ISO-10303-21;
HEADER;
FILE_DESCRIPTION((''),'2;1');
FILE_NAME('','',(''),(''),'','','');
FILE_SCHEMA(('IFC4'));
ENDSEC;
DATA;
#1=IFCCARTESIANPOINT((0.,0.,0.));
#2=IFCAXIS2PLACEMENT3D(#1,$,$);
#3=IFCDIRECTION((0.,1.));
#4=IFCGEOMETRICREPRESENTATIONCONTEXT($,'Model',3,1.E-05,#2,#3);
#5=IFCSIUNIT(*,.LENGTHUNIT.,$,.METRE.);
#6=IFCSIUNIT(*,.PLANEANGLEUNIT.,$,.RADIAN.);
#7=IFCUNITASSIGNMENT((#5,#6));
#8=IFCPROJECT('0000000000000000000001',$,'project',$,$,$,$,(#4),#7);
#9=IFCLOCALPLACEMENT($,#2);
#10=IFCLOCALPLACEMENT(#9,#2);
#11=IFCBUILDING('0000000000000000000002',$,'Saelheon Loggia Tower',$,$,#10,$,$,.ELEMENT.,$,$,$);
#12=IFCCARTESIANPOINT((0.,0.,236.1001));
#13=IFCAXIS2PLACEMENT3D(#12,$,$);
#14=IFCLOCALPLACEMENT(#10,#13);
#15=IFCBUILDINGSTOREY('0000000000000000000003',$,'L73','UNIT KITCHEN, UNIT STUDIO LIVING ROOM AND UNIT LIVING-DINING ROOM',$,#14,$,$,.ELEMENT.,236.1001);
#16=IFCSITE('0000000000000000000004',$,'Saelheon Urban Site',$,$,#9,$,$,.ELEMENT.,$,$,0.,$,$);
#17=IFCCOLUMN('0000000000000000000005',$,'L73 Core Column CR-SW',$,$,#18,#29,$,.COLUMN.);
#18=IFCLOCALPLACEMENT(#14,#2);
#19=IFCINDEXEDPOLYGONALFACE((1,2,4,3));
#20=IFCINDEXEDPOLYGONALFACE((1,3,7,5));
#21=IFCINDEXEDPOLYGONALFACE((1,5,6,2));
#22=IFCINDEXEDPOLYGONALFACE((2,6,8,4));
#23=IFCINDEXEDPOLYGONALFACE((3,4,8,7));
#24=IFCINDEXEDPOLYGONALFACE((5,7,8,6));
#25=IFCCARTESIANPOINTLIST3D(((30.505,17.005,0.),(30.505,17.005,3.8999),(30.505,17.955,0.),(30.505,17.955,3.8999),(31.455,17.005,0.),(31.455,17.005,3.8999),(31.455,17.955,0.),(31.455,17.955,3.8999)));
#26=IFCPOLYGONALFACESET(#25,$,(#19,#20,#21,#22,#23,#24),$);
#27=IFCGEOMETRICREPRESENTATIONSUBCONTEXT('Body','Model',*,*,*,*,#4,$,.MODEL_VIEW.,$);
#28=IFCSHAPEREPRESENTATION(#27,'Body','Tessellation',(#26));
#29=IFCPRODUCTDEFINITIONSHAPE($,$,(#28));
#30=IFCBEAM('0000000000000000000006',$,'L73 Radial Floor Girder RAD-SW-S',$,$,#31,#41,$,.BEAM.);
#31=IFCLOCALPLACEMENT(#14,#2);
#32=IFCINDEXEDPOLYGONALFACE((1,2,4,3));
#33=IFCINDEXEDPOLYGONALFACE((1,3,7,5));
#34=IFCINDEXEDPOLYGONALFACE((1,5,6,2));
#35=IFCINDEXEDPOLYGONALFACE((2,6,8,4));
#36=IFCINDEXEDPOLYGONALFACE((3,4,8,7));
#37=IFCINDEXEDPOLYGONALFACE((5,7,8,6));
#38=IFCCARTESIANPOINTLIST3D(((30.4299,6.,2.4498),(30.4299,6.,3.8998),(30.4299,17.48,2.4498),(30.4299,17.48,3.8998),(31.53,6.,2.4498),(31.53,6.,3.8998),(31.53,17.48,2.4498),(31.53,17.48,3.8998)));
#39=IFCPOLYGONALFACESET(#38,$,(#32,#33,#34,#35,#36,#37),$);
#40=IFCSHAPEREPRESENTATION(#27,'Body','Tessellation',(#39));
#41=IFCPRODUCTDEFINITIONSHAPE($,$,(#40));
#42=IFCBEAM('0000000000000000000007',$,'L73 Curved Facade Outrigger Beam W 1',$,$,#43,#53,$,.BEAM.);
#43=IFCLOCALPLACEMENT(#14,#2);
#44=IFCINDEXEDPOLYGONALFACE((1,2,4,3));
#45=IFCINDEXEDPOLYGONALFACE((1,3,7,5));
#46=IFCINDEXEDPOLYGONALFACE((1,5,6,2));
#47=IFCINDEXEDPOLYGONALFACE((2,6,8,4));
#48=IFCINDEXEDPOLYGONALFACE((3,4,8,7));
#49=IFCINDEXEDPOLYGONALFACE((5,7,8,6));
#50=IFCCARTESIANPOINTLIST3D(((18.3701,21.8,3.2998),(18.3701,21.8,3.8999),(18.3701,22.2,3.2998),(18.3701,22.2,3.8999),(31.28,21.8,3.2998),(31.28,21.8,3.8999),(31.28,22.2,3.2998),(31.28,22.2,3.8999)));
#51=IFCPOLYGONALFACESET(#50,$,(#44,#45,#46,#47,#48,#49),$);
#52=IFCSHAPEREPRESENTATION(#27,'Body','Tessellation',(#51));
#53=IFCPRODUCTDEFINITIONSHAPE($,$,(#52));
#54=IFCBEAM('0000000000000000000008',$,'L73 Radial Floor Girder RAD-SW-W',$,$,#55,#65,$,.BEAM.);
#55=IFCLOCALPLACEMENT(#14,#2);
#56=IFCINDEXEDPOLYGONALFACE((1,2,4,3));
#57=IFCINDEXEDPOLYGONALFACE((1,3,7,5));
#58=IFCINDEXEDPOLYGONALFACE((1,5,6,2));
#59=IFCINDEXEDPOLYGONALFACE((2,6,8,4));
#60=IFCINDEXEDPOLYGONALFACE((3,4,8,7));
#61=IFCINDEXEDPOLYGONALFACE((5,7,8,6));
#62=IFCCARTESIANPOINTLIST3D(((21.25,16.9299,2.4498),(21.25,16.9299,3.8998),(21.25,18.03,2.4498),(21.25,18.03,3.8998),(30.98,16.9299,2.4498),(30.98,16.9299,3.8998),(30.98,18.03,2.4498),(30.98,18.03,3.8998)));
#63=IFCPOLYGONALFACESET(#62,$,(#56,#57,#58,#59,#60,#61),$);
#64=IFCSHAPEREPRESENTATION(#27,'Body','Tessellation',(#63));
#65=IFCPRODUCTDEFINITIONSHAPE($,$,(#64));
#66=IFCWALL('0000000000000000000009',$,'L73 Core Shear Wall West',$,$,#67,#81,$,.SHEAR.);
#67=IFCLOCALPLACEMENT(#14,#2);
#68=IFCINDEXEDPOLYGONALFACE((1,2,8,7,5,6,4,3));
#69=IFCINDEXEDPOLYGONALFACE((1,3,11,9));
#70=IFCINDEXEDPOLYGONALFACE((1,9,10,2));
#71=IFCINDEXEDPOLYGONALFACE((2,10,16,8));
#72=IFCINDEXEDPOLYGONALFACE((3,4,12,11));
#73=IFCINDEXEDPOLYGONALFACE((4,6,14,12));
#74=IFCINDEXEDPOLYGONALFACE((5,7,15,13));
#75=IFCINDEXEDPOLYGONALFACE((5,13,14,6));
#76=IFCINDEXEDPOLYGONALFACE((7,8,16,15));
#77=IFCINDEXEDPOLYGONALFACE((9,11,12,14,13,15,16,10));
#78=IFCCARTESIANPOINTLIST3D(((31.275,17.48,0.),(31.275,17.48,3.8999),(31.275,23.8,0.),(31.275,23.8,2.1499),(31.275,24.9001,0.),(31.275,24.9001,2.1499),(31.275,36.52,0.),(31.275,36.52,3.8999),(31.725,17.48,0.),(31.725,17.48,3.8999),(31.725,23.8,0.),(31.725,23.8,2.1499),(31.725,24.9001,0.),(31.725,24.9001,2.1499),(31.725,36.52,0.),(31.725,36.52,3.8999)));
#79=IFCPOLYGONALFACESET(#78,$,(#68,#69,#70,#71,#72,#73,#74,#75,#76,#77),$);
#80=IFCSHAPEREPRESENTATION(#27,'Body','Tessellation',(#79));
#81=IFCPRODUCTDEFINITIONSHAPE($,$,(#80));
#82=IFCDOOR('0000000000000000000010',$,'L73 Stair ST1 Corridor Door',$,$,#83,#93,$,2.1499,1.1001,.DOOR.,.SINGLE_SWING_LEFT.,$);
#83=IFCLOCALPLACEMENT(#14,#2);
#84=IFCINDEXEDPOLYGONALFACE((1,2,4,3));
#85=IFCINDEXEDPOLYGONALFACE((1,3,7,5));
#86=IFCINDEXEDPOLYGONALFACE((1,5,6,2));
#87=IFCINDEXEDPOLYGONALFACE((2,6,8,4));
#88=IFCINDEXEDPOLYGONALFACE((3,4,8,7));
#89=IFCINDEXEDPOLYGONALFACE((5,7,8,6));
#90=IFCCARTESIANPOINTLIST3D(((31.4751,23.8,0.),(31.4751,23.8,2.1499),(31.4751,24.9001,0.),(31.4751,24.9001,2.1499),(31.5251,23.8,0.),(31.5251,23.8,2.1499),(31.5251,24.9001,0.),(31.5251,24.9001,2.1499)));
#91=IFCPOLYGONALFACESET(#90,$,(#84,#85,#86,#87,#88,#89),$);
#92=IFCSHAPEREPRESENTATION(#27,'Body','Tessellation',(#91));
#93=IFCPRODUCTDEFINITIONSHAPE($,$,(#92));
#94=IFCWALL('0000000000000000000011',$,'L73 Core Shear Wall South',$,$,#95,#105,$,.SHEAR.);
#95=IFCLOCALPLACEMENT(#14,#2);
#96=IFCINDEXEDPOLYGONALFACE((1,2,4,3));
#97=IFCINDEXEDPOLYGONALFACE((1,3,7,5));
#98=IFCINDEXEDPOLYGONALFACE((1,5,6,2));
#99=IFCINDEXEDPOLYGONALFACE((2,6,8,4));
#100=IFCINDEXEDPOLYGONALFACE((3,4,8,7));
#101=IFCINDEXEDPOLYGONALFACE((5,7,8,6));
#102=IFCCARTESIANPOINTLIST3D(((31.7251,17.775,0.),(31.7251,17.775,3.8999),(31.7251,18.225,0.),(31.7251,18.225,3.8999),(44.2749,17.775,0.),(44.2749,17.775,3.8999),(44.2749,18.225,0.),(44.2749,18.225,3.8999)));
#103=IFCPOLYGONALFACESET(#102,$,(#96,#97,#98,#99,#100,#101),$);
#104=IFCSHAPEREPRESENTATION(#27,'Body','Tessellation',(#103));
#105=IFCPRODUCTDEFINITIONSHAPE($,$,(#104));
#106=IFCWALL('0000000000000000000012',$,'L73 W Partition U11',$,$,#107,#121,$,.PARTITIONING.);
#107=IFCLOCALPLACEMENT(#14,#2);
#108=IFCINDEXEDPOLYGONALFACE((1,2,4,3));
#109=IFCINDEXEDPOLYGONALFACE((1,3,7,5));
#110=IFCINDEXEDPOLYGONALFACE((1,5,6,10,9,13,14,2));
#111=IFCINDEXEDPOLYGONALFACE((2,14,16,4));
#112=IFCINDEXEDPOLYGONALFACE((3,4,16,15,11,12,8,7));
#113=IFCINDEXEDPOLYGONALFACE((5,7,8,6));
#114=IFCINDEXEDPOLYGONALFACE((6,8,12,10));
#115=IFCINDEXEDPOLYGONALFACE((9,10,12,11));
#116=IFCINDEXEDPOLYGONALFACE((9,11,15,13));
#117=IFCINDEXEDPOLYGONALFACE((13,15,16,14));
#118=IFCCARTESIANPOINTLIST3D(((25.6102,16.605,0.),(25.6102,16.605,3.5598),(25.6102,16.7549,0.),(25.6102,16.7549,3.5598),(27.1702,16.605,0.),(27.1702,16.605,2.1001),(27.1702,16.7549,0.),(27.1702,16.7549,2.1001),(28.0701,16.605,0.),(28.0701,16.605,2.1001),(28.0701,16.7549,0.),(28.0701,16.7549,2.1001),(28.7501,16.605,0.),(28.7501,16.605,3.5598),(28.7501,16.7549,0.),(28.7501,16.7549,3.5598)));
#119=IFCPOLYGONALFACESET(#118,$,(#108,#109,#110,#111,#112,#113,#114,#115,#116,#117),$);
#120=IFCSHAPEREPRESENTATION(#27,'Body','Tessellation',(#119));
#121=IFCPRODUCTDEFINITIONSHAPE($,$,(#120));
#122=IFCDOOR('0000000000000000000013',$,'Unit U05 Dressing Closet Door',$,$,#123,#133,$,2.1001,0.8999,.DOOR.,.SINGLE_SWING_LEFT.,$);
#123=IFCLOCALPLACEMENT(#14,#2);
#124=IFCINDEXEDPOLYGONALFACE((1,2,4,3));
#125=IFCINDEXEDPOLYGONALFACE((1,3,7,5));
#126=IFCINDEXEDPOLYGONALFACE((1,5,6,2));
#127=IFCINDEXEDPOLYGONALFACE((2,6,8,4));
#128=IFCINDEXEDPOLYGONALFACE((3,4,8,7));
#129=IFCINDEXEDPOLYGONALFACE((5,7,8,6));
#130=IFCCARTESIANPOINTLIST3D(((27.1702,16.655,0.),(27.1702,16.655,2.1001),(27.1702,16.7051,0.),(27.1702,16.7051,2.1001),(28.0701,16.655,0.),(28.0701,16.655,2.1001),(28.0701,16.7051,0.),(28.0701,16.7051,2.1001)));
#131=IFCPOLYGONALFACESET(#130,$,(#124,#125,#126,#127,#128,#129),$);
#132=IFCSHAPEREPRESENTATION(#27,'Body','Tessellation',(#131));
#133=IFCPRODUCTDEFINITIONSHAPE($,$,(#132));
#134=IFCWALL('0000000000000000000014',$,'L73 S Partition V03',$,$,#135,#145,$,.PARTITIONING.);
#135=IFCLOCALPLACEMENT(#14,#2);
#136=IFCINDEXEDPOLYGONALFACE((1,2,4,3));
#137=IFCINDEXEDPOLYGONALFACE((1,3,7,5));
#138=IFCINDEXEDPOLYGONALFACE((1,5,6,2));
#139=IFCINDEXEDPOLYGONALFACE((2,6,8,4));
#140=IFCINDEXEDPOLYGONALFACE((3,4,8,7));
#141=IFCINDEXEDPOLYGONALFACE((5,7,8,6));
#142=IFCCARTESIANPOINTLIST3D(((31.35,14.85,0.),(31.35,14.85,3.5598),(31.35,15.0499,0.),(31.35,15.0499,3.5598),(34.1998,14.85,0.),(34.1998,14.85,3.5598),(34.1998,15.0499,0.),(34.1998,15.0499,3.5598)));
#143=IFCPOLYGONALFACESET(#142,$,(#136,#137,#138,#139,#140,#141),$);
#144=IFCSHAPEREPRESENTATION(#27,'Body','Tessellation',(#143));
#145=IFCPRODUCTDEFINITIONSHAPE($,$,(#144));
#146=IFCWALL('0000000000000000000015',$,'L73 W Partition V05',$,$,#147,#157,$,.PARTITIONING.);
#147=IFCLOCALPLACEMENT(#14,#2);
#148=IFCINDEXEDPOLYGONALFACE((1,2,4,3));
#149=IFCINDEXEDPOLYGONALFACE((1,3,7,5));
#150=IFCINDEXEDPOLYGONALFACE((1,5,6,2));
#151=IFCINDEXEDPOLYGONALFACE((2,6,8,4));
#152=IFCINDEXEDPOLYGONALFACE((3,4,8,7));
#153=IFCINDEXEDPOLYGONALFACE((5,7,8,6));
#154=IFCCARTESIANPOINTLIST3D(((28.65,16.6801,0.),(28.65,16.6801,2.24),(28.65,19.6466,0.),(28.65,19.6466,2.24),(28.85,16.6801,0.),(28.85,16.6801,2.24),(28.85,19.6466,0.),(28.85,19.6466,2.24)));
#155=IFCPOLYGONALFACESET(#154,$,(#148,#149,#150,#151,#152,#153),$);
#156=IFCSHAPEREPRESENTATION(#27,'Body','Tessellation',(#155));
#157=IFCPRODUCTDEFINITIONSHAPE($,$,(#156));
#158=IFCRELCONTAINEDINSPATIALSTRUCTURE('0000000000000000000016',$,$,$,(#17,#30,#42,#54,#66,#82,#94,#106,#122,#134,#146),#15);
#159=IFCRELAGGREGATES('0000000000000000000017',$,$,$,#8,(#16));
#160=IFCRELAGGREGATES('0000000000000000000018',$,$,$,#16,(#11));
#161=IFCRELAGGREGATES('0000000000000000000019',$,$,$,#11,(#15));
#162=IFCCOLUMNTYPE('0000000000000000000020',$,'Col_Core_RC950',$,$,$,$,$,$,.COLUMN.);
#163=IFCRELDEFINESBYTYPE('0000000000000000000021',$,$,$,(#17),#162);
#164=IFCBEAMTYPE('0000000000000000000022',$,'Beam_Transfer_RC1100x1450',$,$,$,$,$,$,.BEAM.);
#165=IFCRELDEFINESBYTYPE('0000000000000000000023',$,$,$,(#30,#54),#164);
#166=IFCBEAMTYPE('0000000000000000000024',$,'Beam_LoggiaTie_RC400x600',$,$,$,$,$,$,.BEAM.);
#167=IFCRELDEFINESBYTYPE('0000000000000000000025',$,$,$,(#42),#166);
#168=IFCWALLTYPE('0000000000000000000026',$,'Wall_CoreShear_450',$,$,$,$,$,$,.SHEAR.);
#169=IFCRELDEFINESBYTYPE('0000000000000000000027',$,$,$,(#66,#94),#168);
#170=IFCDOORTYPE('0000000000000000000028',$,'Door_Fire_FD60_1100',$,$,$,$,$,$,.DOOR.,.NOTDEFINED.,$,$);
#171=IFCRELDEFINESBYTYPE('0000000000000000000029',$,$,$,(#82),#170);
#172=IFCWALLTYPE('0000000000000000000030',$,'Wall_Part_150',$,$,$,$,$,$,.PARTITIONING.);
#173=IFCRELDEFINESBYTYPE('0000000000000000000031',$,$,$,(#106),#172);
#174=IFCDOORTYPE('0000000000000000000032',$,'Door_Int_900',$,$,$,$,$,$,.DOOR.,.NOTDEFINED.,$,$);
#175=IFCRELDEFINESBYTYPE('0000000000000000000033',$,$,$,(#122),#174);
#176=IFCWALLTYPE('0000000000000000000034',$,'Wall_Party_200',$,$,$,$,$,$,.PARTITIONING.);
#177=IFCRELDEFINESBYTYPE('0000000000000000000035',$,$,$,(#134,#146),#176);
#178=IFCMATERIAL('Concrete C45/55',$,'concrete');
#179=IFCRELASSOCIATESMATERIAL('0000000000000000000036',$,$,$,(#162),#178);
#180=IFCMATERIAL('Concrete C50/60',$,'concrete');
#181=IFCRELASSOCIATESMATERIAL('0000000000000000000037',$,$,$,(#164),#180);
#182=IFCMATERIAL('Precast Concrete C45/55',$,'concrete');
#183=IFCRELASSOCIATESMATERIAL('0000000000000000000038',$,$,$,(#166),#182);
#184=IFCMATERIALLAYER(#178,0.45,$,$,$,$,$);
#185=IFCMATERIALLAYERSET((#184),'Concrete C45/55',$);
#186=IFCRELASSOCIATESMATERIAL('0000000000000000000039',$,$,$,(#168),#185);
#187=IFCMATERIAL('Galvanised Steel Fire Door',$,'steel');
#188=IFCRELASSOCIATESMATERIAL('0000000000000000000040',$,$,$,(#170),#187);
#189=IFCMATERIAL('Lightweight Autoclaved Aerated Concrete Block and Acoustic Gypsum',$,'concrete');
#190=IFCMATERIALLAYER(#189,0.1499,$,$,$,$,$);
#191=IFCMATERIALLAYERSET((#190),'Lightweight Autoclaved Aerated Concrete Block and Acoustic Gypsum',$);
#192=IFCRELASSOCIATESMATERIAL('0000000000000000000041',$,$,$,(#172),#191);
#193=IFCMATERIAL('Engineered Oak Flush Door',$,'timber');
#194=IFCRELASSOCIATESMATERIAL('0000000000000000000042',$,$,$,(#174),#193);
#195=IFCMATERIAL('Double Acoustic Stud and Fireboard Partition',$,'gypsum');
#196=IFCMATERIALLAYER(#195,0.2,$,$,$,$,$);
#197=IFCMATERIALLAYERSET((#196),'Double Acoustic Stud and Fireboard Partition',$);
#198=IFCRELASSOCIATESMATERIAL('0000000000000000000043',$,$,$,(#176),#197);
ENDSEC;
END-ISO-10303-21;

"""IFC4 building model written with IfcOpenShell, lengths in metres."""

from ifc_helpers import new_model, si_unit, direction, frame, frame_2d, origin, origin_2d, place, context, subcontext, project, spatial, rectangle, extrude, source, transform, mapped, material, layer, layer_set, material_profile, profile_set, type_object, element, fill, save


model = new_model("IFC4")

# Units and contexts
model_context = context("Model", 3, precision=1e-05, world=origin(), true_north=direction((0.0, 1.0)))
body_context = subcontext(model_context, "Body", "Model", "MODEL_VIEW")
ifc_project = project(units=[si_unit("LENGTHUNIT", "METRE"), si_unit("PLANEANGLEUNIT", "RADIAN")], contexts=[model_context])

# Site, building, storey
site_placement = place(None, origin())
site = spatial("IfcSite", under=ifc_project, at=site_placement, Name="Saelheon Urban Site", CompositionType="ELEMENT", RefElevation=0.0)
building_placement = place(site_placement, origin())
building = spatial("IfcBuilding", under=site, at=building_placement, Name="Saelheon Loggia Tower", CompositionType="ELEMENT")
storey_placement = place(building_placement, frame((0.0, 0.0, 236.1001)))
storey = spatial("IfcBuildingStorey", under=building, at=storey_placement, Name="L73", Description="UNIT KITCHEN, UNIT STUDIO LIVING ROOM AND UNIT LIVING-DINING ROOM", CompositionType="ELEMENT", Elevation=236.1001)

# Column
ifc_material_1 = material(Name="Concrete C45/55", Category="concrete")
ifc_material_profile_1 = material_profile(ifc_material_1, rectangle(XDim=0.95, YDim=0.95, at=origin_2d()), Name="RC-950x950")
ifc_profile_set_1 = profile_set([ifc_material_profile_1], Name="Concrete C45/55")
column_type = type_object("IfcColumnType", Name="Col_Core_RC950", PredefinedType="COLUMN", material=ifc_profile_set_1)
shared_shape_1 = source(origin(), body_context, "Body", "SweptSolid", [
    extrude(rectangle(XDim=0.95, YDim=0.95, at=origin_2d()), origin(), (0.0, 0.0, 1.0), 3.8999),
])
column_placement = place(storey_placement, frame((30.98, 17.48, 0.0), z_axis=(0.0, 0.0, 1.0), x_axis=(1.0, 0.0, 0.0)))
element("IfcColumn", 1, at=column_placement, inside=storey, type_object=column_type, Name="L73 Core Column CR-SW", PredefinedType="COLUMN", context=body_context, shape_type="MappedRepresentation", body=[
    mapped(shared_shape_1, transform((0.0, 0.0, 0.0), scale=1.0)),
])

# Beams
ifc_material_2 = material(Name="Concrete C50/60", Category="concrete")
ifc_material_profile_2 = material_profile(ifc_material_2, rectangle(XDim=1.1001, YDim=1.45, at=origin_2d()), Name="RC-1100x1450")
ifc_profile_set_2 = profile_set([ifc_material_profile_2], Name="Concrete C50/60")
beam_type_1 = type_object("IfcBeamType", Name="Beam_Transfer_RC1100x1450", PredefinedType="BEAM", material=ifc_profile_set_2)
shared_shape_2 = source(origin(), body_context, "Body", "SweptSolid", [
    extrude(rectangle(XDim=1.1001, YDim=1.45, at=origin_2d()), origin(), (0.0, 0.0, 1.0), 11.48),
])
beam_1_placement = place(storey_placement, frame((30.98, 17.48, 3.1748), z_axis=(0.0, -1.0, 0.0), x_axis=(1.0, 0.0, 0.0)))
element("IfcBeam", 2, at=beam_1_placement, inside=storey, type_object=beam_type_1, Name="L73 Radial Floor Girder RAD-SW-S", PredefinedType="BEAM", context=body_context, shape_type="MappedRepresentation", body=[
    mapped(shared_shape_2, transform((0.0, 0.0, 0.0), scale=1.0)),
])
ifc_material_3 = material(Name="Precast Concrete C45/55", Category="concrete")
ifc_material_profile_3 = material_profile(ifc_material_3, rectangle(XDim=0.3999, YDim=0.6001, at=origin_2d()), Name="RC-400x600")
ifc_profile_set_3 = profile_set([ifc_material_profile_3], Name="Precast Concrete C45/55")
beam_type_2 = type_object("IfcBeamType", Name="Beam_LoggiaTie_RC400x600", PredefinedType="BEAM", material=ifc_profile_set_3)
shared_shape_3 = source(origin(), body_context, "Body", "SweptSolid", [
    extrude(rectangle(XDim=0.3999, YDim=0.6001, at=origin_2d()), origin(), (0.0, 0.0, 1.0), 12.9099),
])
beam_2_placement = place(storey_placement, frame((31.28, 22.0, 3.5999), z_axis=(-1.0, 0.0, 0.0), x_axis=(0.0, -1.0, 0.0)))
element("IfcBeam", 3, at=beam_2_placement, inside=storey, type_object=beam_type_2, Name="L73 Curved Facade Outrigger Beam W 1", PredefinedType="BEAM", context=body_context, shape_type="MappedRepresentation", body=[
    mapped(shared_shape_3, transform((0.0, 0.0, 0.0), scale=1.0)),
])
shared_shape_4 = source(origin(), body_context, "Body", "SweptSolid", [
    extrude(rectangle(XDim=1.1001, YDim=1.45, at=origin_2d()), origin(), (0.0, 0.0, 1.0), 9.73),
])
beam_3_placement = place(storey_placement, frame((30.98, 17.48, 3.1748), z_axis=(-1.0, 0.0, 0.0), x_axis=(0.0, -1.0, 0.0)))
element("IfcBeam", 4, at=beam_3_placement, inside=storey, type_object=beam_type_1, Name="L73 Radial Floor Girder RAD-SW-W", PredefinedType="BEAM", context=body_context, shape_type="MappedRepresentation", body=[
    mapped(shared_shape_4, transform((0.0, 0.0, 0.0), scale=1.0)),
])

# Wall, opening, door
ifc_layer_1 = layer(ifc_material_1, 0.45)
ifc_layer_set_1 = layer_set([ifc_layer_1], Name="Concrete C45/55")
wall_type_1 = type_object("IfcWallType", Name="Wall_CoreShear_450", PredefinedType="SHEAR", material=ifc_layer_set_1)
wall_1_placement = place(storey_placement, frame((31.5, 17.48, 0.0), z_axis=(0.0, 0.0, 1.0), x_axis=(0.0, 1.0, 0.0)))
wall_1 = element("IfcWall", 5, at=wall_1_placement, inside=storey, type_object=wall_type_1, Name="L73 Core Shear Wall West", PredefinedType="SHEAR", context=body_context, shape_type="SweptSolid", body=[
    extrude(rectangle(XDim=19.04, YDim=0.45, at=frame_2d((9.52, 0.0))), origin(), (0.0, 0.0, 1.0), 3.8999),
])
opening_1_placement = place(wall_1_placement, frame((6.3201, 0.0, 0.0)))
opening_1 = element("IfcOpeningElement", 6, at=opening_1_placement, cuts=wall_1, PredefinedType="OPENING", context=body_context, shape_type="SweptSolid", body=[
    extrude(rectangle(XDim=1.1001, YDim=2.1499, at=frame_2d((0.55, 1.075))), frame((0.0, 0.2371, 0.0), z_axis=(0.0, -1.0, 0.0), x_axis=(1.0, 0.0, 0.0)), (0.0, 0.0, 1.0), 0.4739),
])
ifc_material_4 = material(Name="Galvanised Steel Fire Door", Category="steel")
door_type_1 = type_object("IfcDoorType", Name="Door_Fire_FD60_1100", OperationType="NOTDEFINED", PredefinedType="DOOR", material=ifc_material_4)
shared_shape_5 = source(origin(), body_context, "Body", "SweptSolid", [
    extrude(rectangle(XDim=1.1001, YDim=2.1499, at=frame_2d((0.55, 1.075))), frame((0.0, 0.0249, 0.0), z_axis=(0.0, -1.0, 0.0), x_axis=(1.0, 0.0, 0.0)), (0.0, 0.0, 1.0), 0.05),
])
door_1_placement = place(opening_1_placement, origin())
door_1 = element("IfcDoor", 7, at=door_1_placement, inside=storey, type_object=door_type_1, Name="L73 Stair ST1 Corridor Door", OperationType="SINGLE_SWING_LEFT", OverallHeight=2.1499, OverallWidth=1.1001, PredefinedType="DOOR", context=body_context, shape_type="MappedRepresentation", body=[
    mapped(shared_shape_5, transform((0.0, 0.0, 0.0), scale=1.0)),
])
fill(opening_1, door_1)

# Wall
wall_2_placement = place(storey_placement, frame((31.7251, 18.0, 0.0), z_axis=(0.0, 0.0, 1.0), x_axis=(1.0, 0.0, 0.0)))
element("IfcWall", 8, at=wall_2_placement, inside=storey, type_object=wall_type_1, Name="L73 Core Shear Wall South", PredefinedType="SHEAR", context=body_context, shape_type="SweptSolid", body=[
    extrude(rectangle(XDim=12.5498, YDim=0.45, at=frame_2d((6.2749, 0.0))), origin(), (0.0, 0.0, 1.0), 3.8999),
])

# Wall, opening, door
ifc_material_5 = material(Name="Lightweight Autoclaved Aerated Concrete Block and Acoustic Gypsum", Category="concrete")
ifc_layer_2 = layer(ifc_material_5, 0.1499)
ifc_layer_set_2 = layer_set([ifc_layer_2], Name="Lightweight Autoclaved Aerated Concrete Block and Acoustic Gypsum")
wall_type_2 = type_object("IfcWallType", Name="Wall_Part_150", PredefinedType="PARTITIONING", material=ifc_layer_set_2)
wall_3_placement = place(storey_placement, frame((28.75, 16.6799, 0.0), z_axis=(0.0, 0.0, 1.0), x_axis=(-1.0, 0.0, 0.0)))
wall_3 = element("IfcWall", 9, at=wall_3_placement, inside=storey, type_object=wall_type_2, Name="L73 W Partition U11", PredefinedType="PARTITIONING", context=body_context, shape_type="SweptSolid", body=[
    extrude(rectangle(XDim=3.1399, YDim=0.1499, at=frame_2d((1.5698, 0.0))), origin(), (0.0, 0.0, 1.0), 3.5598),
])
opening_2_placement = place(wall_3_placement, frame((0.6799, 0.0, 0.0)))
opening_2 = element("IfcOpeningElement", 10, at=opening_2_placement, cuts=wall_3, PredefinedType="OPENING", context=body_context, shape_type="SweptSolid", body=[
    extrude(rectangle(XDim=0.8999, YDim=2.1001, at=frame_2d((0.45, 1.05))), frame((0.0, 0.0869, 0.0), z_axis=(0.0, -1.0, 0.0), x_axis=(1.0, 0.0, 0.0)), (0.0, 0.0, 1.0), 0.1738),
])
ifc_material_6 = material(Name="Engineered Oak Flush Door", Category="timber")
door_type_2 = type_object("IfcDoorType", Name="Door_Int_900", OperationType="NOTDEFINED", PredefinedType="DOOR", material=ifc_material_6)
shared_shape_6 = source(origin(), body_context, "Body", "SweptSolid", [
    extrude(rectangle(XDim=0.8999, YDim=2.1001, at=frame_2d((0.45, 1.05))), frame((0.0, 0.0249, 0.0), z_axis=(0.0, -1.0, 0.0), x_axis=(1.0, 0.0, 0.0)), (0.0, 0.0, 1.0), 0.05),
])
door_2_placement = place(opening_2_placement, origin())
door_2 = element("IfcDoor", 11, at=door_2_placement, inside=storey, type_object=door_type_2, Name="Unit U05 Dressing Closet Door", OperationType="SINGLE_SWING_LEFT", OverallHeight=2.1001, OverallWidth=0.8999, PredefinedType="DOOR", context=body_context, shape_type="MappedRepresentation", body=[
    mapped(shared_shape_6, transform((0.0, 0.0, 0.0), scale=1.0)),
])
fill(opening_2, door_2)

# Wall
ifc_material_7 = material(Name="Double Acoustic Stud and Fireboard Partition", Category="gypsum")
ifc_layer_3 = layer(ifc_material_7, 0.2)
ifc_layer_set_3 = layer_set([ifc_layer_3], Name="Double Acoustic Stud and Fireboard Partition")
wall_type_3 = type_object("IfcWallType", Name="Wall_Party_200", PredefinedType="PARTITIONING", material=ifc_layer_set_3)
wall_4_placement = place(storey_placement, frame((31.3501, 14.95, 0.0), z_axis=(0.0, 0.0, 1.0), x_axis=(1.0, 0.0, 0.0)))
element("IfcWall", 12, at=wall_4_placement, inside=storey, type_object=wall_type_3, Name="L73 S Partition V03", PredefinedType="PARTITIONING", context=body_context, shape_type="SweptSolid", body=[
    extrude(rectangle(XDim=2.8499, YDim=0.2, at=frame_2d((1.4248, 0.0))), origin(), (0.0, 0.0, 1.0), 3.5598),
])

# Wall
wall_5_placement = place(storey_placement, frame((28.75, 16.6799, 0.0), z_axis=(0.0, 0.0, 1.0), x_axis=(0.0, 1.0, 0.0)))
element("IfcWall", 13, at=wall_5_placement, inside=storey, type_object=wall_type_3, Name="L73 W Partition V05", PredefinedType="PARTITIONING", context=body_context, shape_type="SweptSolid", body=[
    extrude(rectangle(XDim=2.9666, YDim=0.2, at=frame_2d((1.4834, 0.0))), origin(), (0.0, 0.0, 1.0), 2.24),
])

save(model, "model.ifc")
